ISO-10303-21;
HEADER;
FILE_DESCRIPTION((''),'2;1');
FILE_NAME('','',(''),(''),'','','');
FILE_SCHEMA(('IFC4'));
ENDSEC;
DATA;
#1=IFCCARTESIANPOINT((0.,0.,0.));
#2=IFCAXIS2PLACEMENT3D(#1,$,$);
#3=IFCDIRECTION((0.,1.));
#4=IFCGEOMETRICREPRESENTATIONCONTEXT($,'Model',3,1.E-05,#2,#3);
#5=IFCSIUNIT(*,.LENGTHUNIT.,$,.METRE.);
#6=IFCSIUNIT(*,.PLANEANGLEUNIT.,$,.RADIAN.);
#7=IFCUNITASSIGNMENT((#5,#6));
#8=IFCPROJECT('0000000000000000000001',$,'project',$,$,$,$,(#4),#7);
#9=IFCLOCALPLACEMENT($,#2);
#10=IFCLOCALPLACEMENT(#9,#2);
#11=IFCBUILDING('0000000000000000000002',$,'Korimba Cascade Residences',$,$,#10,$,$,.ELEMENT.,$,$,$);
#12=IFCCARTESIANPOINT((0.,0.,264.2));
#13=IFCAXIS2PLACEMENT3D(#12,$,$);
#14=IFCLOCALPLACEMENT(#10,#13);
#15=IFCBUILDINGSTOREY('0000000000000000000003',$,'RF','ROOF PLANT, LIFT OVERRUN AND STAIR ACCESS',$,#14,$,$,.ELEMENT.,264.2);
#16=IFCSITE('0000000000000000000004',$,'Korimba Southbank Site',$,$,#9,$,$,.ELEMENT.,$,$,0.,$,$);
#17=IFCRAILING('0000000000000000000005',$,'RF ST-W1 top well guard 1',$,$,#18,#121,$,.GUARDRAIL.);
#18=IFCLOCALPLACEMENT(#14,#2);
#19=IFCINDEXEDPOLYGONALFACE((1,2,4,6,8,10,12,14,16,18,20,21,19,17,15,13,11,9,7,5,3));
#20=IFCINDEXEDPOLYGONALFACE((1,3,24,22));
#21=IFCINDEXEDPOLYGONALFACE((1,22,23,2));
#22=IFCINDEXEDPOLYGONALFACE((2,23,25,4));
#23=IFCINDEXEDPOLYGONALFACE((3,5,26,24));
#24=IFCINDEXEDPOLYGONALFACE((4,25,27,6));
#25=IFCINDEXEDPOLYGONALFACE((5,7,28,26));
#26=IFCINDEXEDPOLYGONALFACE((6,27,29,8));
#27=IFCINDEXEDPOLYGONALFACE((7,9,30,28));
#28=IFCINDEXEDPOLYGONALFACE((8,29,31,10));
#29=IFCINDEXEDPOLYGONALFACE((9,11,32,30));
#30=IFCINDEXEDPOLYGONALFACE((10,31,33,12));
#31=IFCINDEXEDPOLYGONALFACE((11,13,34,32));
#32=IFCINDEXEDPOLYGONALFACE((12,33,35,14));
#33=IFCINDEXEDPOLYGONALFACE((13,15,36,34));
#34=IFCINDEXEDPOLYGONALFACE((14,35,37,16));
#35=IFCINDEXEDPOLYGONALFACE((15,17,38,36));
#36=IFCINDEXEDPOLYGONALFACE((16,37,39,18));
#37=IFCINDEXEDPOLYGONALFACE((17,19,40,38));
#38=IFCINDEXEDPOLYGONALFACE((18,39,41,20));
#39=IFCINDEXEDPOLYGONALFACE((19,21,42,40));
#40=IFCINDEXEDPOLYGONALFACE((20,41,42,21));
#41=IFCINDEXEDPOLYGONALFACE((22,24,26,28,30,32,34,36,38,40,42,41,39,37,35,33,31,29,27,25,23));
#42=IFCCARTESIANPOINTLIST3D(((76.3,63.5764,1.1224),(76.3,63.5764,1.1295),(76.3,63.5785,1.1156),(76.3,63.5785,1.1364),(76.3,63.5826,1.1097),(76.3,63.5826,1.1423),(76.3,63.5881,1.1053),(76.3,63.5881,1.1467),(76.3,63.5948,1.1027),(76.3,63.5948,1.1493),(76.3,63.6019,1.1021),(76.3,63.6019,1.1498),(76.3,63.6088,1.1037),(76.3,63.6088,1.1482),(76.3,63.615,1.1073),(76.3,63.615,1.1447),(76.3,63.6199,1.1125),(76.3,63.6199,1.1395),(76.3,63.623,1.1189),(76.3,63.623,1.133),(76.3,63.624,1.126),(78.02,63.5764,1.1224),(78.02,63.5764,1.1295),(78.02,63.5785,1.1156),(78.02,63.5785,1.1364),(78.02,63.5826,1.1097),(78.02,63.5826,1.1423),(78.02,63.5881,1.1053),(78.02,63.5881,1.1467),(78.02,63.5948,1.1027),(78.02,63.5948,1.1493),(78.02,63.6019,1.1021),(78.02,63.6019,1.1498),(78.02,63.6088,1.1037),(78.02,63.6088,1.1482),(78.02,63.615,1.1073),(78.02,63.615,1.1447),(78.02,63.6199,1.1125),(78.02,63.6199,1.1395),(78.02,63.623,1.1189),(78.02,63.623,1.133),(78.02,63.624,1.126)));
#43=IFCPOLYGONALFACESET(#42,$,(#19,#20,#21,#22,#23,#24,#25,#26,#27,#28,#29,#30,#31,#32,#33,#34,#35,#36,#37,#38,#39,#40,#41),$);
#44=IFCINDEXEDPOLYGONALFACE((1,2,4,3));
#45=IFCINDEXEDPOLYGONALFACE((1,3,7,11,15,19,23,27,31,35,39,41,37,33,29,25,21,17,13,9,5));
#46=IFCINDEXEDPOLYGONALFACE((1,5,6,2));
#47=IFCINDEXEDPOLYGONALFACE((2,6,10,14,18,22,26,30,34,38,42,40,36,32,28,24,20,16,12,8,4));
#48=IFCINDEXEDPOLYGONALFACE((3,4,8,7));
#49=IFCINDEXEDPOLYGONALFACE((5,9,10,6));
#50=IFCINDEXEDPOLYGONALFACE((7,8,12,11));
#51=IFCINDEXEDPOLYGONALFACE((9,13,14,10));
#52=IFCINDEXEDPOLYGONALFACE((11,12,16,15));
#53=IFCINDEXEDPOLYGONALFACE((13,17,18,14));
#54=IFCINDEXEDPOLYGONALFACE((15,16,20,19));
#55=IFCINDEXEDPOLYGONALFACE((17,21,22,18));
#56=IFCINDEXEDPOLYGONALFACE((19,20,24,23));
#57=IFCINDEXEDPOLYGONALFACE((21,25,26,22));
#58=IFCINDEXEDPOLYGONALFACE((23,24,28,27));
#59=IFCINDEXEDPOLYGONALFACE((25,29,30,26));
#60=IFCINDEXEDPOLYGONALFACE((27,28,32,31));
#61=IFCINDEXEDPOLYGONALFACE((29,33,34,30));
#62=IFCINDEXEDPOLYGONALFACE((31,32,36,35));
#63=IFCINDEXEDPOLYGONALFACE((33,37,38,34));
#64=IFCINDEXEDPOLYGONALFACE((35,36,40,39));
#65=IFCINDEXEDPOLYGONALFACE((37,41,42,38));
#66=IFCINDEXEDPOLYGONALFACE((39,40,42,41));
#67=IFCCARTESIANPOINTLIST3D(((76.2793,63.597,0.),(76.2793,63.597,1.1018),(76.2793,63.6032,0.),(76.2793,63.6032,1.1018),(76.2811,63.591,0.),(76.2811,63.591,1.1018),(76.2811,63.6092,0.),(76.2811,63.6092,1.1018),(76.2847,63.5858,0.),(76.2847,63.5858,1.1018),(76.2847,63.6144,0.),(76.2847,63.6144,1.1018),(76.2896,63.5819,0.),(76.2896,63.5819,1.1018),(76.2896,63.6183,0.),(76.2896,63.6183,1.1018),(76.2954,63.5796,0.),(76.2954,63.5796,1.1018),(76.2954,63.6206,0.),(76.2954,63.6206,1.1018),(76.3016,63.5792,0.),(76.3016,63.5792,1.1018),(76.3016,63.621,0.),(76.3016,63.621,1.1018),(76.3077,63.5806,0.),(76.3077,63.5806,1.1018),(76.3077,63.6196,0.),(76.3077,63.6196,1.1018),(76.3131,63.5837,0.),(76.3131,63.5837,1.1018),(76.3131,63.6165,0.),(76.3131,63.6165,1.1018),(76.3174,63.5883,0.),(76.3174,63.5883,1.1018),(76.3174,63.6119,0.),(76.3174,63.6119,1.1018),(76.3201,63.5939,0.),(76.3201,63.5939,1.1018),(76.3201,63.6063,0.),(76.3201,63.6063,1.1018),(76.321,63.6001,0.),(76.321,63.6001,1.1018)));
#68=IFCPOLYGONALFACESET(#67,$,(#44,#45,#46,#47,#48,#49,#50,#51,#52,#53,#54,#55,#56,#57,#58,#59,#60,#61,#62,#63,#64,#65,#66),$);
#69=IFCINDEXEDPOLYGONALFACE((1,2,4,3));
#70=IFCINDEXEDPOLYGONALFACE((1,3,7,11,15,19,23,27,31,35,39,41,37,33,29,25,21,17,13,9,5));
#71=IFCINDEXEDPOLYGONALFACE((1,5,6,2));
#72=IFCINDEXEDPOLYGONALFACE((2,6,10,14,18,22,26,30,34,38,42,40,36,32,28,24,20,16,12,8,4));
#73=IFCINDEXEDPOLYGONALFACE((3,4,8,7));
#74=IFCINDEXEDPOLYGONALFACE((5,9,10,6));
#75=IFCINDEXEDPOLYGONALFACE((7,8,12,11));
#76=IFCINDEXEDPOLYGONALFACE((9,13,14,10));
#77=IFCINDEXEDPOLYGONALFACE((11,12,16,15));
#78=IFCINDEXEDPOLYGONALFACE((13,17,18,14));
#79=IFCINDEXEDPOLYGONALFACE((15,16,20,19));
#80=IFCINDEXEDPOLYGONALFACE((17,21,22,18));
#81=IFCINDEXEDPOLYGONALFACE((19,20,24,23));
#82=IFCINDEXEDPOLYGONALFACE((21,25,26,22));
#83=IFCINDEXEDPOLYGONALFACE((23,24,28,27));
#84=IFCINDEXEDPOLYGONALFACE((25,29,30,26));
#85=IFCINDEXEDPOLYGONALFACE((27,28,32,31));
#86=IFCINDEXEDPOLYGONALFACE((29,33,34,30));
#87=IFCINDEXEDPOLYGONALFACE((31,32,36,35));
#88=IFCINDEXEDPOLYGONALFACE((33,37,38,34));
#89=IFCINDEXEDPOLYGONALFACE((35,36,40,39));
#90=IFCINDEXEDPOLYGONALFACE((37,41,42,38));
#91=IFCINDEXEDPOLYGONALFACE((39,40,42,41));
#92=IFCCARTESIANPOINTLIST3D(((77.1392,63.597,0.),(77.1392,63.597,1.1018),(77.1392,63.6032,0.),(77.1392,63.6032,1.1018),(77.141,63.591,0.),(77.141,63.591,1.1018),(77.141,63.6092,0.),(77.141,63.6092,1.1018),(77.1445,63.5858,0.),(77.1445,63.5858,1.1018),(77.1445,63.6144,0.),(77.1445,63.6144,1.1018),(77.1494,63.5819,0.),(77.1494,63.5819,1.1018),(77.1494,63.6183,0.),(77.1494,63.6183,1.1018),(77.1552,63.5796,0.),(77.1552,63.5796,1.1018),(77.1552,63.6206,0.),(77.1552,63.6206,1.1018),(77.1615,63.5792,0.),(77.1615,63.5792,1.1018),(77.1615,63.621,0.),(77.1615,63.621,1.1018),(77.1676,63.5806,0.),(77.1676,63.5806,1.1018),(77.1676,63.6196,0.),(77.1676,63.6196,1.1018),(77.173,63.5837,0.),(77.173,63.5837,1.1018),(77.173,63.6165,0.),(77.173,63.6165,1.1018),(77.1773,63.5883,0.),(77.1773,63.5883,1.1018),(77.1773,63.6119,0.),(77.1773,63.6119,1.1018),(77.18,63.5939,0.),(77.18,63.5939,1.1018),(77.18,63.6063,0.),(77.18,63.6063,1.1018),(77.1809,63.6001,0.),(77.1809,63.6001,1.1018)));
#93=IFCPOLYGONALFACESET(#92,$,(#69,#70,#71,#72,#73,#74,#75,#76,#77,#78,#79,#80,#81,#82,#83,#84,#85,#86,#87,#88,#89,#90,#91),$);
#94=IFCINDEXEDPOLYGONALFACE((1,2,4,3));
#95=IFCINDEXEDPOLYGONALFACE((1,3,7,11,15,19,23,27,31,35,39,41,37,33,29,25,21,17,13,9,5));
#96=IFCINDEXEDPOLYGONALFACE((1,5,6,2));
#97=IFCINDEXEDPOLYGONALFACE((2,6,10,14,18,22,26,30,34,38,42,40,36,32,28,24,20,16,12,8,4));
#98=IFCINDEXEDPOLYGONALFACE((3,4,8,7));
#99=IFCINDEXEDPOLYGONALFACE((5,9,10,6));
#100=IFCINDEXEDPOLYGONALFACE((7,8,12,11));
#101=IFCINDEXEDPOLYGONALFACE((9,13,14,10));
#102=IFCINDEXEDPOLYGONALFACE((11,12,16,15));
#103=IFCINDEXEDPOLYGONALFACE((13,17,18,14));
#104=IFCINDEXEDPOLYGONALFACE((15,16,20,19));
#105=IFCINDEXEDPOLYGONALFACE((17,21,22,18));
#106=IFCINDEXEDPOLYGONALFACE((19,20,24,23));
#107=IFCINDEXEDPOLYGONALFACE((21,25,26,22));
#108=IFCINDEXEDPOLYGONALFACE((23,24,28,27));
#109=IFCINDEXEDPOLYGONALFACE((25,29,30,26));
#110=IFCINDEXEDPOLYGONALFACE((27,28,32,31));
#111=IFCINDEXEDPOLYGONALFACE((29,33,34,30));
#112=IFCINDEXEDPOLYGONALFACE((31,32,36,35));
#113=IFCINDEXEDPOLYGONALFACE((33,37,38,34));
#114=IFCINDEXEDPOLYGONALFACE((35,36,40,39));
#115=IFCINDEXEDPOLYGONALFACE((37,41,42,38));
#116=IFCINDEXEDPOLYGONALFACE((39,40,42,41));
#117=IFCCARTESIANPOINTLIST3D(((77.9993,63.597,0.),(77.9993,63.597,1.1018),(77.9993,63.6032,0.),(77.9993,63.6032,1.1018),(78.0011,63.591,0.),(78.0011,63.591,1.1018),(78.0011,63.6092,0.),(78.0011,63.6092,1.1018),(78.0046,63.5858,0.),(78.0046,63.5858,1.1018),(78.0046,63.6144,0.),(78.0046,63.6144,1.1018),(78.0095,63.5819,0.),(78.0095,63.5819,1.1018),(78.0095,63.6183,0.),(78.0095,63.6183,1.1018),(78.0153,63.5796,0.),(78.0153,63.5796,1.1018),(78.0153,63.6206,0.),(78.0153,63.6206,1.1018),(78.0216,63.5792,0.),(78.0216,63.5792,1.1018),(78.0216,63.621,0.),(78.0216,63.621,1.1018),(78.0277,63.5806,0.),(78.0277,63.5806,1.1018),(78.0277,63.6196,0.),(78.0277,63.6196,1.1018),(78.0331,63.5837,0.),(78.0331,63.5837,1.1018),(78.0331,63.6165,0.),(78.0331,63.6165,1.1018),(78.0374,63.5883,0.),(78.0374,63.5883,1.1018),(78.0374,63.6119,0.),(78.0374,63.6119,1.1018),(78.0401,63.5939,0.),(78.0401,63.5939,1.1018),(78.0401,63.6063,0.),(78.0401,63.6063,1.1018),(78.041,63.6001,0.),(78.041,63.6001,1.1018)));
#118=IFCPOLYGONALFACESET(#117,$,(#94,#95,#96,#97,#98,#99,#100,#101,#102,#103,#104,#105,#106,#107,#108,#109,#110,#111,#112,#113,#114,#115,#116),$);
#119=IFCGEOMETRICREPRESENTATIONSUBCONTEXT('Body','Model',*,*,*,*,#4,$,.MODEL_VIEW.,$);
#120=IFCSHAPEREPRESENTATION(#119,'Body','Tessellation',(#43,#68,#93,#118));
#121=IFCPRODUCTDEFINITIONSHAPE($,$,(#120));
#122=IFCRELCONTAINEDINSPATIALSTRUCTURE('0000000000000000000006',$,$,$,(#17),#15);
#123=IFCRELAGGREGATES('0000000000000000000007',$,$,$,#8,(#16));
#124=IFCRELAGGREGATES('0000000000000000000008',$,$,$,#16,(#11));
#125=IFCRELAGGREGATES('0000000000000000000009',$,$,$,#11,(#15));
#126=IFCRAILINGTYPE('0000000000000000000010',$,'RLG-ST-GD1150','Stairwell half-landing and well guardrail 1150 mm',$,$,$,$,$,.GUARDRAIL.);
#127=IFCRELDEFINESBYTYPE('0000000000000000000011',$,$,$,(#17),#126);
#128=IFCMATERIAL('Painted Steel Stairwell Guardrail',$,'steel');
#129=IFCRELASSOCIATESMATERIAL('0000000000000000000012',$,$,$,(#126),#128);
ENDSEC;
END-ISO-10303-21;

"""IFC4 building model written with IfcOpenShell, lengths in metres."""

from ifc_helpers import new_model, si_unit, direction, frame, origin, origin_2d, place, context, subcontext, project, spatial, circle, extrude, material, type_object, element, save


model = new_model("IFC4")

# Units and contexts
model_context = context("Model", 3, precision=1e-05, world=origin(), true_north=direction((0.0, 1.0)))
body_context = subcontext(model_context, "Body", "Model", "MODEL_VIEW")
ifc_project = project(units=[si_unit("LENGTHUNIT", "METRE"), si_unit("PLANEANGLEUNIT", "RADIAN")], contexts=[model_context])

# Site, building, storey
site_placement = place(None, origin())
site = spatial("IfcSite", under=ifc_project, at=site_placement, Name="Korimba Southbank Site", CompositionType="ELEMENT", RefElevation=0.0)
building_placement = place(site_placement, origin())
building = spatial("IfcBuilding", under=site, at=building_placement, Name="Korimba Cascade Residences", CompositionType="ELEMENT")
storey_placement = place(building_placement, frame((0.0, 0.0, 264.2)))
storey = spatial("IfcBuildingStorey", under=building, at=storey_placement, Name="RF", Description="ROOF PLANT, LIFT OVERRUN AND STAIR ACCESS", CompositionType="ELEMENT", Elevation=264.2)

# Railing
ifc_material_1 = material(Name="Painted Steel Stairwell Guardrail", Category="steel")
railing_type = type_object("IfcRailingType", Name="RLG-ST-GD1150", Description="Stairwell half-landing and well guardrail 1150 mm", PredefinedType="GUARDRAIL", material=ifc_material_1)
railing_placement = place(storey_placement, frame((76.3, 63.6001, 0.0)))
element("IfcRailing", 1, at=railing_placement, inside=storey, type_object=railing_type, Name="RF ST-W1 top well guard 1", PredefinedType="GUARDRAIL", context=body_context, shape_type="SweptSolid", body=[
    extrude(circle(Radius=0.0239, at=origin_2d()), frame((0.0, 0.0, 1.126), z_axis=(1.0, 0.0, 0.0), x_axis=(0.0, 1.0, 0.0)), (0.0, 0.0, 1.0), 1.72),
    extrude(circle(Radius=0.021, at=origin_2d()), origin(), (0.0, 0.0, 1.0), 1.1018),
    extrude(circle(Radius=0.021, at=origin_2d()), frame((0.8599, 0.0, 0.0)), (0.0, 0.0, 1.0), 1.1018),
    extrude(circle(Radius=0.021, at=origin_2d()), frame((1.72, 0.0, 0.0)), (0.0, 0.0, 1.0), 1.1018),
])

save(model, "model.ifc")
